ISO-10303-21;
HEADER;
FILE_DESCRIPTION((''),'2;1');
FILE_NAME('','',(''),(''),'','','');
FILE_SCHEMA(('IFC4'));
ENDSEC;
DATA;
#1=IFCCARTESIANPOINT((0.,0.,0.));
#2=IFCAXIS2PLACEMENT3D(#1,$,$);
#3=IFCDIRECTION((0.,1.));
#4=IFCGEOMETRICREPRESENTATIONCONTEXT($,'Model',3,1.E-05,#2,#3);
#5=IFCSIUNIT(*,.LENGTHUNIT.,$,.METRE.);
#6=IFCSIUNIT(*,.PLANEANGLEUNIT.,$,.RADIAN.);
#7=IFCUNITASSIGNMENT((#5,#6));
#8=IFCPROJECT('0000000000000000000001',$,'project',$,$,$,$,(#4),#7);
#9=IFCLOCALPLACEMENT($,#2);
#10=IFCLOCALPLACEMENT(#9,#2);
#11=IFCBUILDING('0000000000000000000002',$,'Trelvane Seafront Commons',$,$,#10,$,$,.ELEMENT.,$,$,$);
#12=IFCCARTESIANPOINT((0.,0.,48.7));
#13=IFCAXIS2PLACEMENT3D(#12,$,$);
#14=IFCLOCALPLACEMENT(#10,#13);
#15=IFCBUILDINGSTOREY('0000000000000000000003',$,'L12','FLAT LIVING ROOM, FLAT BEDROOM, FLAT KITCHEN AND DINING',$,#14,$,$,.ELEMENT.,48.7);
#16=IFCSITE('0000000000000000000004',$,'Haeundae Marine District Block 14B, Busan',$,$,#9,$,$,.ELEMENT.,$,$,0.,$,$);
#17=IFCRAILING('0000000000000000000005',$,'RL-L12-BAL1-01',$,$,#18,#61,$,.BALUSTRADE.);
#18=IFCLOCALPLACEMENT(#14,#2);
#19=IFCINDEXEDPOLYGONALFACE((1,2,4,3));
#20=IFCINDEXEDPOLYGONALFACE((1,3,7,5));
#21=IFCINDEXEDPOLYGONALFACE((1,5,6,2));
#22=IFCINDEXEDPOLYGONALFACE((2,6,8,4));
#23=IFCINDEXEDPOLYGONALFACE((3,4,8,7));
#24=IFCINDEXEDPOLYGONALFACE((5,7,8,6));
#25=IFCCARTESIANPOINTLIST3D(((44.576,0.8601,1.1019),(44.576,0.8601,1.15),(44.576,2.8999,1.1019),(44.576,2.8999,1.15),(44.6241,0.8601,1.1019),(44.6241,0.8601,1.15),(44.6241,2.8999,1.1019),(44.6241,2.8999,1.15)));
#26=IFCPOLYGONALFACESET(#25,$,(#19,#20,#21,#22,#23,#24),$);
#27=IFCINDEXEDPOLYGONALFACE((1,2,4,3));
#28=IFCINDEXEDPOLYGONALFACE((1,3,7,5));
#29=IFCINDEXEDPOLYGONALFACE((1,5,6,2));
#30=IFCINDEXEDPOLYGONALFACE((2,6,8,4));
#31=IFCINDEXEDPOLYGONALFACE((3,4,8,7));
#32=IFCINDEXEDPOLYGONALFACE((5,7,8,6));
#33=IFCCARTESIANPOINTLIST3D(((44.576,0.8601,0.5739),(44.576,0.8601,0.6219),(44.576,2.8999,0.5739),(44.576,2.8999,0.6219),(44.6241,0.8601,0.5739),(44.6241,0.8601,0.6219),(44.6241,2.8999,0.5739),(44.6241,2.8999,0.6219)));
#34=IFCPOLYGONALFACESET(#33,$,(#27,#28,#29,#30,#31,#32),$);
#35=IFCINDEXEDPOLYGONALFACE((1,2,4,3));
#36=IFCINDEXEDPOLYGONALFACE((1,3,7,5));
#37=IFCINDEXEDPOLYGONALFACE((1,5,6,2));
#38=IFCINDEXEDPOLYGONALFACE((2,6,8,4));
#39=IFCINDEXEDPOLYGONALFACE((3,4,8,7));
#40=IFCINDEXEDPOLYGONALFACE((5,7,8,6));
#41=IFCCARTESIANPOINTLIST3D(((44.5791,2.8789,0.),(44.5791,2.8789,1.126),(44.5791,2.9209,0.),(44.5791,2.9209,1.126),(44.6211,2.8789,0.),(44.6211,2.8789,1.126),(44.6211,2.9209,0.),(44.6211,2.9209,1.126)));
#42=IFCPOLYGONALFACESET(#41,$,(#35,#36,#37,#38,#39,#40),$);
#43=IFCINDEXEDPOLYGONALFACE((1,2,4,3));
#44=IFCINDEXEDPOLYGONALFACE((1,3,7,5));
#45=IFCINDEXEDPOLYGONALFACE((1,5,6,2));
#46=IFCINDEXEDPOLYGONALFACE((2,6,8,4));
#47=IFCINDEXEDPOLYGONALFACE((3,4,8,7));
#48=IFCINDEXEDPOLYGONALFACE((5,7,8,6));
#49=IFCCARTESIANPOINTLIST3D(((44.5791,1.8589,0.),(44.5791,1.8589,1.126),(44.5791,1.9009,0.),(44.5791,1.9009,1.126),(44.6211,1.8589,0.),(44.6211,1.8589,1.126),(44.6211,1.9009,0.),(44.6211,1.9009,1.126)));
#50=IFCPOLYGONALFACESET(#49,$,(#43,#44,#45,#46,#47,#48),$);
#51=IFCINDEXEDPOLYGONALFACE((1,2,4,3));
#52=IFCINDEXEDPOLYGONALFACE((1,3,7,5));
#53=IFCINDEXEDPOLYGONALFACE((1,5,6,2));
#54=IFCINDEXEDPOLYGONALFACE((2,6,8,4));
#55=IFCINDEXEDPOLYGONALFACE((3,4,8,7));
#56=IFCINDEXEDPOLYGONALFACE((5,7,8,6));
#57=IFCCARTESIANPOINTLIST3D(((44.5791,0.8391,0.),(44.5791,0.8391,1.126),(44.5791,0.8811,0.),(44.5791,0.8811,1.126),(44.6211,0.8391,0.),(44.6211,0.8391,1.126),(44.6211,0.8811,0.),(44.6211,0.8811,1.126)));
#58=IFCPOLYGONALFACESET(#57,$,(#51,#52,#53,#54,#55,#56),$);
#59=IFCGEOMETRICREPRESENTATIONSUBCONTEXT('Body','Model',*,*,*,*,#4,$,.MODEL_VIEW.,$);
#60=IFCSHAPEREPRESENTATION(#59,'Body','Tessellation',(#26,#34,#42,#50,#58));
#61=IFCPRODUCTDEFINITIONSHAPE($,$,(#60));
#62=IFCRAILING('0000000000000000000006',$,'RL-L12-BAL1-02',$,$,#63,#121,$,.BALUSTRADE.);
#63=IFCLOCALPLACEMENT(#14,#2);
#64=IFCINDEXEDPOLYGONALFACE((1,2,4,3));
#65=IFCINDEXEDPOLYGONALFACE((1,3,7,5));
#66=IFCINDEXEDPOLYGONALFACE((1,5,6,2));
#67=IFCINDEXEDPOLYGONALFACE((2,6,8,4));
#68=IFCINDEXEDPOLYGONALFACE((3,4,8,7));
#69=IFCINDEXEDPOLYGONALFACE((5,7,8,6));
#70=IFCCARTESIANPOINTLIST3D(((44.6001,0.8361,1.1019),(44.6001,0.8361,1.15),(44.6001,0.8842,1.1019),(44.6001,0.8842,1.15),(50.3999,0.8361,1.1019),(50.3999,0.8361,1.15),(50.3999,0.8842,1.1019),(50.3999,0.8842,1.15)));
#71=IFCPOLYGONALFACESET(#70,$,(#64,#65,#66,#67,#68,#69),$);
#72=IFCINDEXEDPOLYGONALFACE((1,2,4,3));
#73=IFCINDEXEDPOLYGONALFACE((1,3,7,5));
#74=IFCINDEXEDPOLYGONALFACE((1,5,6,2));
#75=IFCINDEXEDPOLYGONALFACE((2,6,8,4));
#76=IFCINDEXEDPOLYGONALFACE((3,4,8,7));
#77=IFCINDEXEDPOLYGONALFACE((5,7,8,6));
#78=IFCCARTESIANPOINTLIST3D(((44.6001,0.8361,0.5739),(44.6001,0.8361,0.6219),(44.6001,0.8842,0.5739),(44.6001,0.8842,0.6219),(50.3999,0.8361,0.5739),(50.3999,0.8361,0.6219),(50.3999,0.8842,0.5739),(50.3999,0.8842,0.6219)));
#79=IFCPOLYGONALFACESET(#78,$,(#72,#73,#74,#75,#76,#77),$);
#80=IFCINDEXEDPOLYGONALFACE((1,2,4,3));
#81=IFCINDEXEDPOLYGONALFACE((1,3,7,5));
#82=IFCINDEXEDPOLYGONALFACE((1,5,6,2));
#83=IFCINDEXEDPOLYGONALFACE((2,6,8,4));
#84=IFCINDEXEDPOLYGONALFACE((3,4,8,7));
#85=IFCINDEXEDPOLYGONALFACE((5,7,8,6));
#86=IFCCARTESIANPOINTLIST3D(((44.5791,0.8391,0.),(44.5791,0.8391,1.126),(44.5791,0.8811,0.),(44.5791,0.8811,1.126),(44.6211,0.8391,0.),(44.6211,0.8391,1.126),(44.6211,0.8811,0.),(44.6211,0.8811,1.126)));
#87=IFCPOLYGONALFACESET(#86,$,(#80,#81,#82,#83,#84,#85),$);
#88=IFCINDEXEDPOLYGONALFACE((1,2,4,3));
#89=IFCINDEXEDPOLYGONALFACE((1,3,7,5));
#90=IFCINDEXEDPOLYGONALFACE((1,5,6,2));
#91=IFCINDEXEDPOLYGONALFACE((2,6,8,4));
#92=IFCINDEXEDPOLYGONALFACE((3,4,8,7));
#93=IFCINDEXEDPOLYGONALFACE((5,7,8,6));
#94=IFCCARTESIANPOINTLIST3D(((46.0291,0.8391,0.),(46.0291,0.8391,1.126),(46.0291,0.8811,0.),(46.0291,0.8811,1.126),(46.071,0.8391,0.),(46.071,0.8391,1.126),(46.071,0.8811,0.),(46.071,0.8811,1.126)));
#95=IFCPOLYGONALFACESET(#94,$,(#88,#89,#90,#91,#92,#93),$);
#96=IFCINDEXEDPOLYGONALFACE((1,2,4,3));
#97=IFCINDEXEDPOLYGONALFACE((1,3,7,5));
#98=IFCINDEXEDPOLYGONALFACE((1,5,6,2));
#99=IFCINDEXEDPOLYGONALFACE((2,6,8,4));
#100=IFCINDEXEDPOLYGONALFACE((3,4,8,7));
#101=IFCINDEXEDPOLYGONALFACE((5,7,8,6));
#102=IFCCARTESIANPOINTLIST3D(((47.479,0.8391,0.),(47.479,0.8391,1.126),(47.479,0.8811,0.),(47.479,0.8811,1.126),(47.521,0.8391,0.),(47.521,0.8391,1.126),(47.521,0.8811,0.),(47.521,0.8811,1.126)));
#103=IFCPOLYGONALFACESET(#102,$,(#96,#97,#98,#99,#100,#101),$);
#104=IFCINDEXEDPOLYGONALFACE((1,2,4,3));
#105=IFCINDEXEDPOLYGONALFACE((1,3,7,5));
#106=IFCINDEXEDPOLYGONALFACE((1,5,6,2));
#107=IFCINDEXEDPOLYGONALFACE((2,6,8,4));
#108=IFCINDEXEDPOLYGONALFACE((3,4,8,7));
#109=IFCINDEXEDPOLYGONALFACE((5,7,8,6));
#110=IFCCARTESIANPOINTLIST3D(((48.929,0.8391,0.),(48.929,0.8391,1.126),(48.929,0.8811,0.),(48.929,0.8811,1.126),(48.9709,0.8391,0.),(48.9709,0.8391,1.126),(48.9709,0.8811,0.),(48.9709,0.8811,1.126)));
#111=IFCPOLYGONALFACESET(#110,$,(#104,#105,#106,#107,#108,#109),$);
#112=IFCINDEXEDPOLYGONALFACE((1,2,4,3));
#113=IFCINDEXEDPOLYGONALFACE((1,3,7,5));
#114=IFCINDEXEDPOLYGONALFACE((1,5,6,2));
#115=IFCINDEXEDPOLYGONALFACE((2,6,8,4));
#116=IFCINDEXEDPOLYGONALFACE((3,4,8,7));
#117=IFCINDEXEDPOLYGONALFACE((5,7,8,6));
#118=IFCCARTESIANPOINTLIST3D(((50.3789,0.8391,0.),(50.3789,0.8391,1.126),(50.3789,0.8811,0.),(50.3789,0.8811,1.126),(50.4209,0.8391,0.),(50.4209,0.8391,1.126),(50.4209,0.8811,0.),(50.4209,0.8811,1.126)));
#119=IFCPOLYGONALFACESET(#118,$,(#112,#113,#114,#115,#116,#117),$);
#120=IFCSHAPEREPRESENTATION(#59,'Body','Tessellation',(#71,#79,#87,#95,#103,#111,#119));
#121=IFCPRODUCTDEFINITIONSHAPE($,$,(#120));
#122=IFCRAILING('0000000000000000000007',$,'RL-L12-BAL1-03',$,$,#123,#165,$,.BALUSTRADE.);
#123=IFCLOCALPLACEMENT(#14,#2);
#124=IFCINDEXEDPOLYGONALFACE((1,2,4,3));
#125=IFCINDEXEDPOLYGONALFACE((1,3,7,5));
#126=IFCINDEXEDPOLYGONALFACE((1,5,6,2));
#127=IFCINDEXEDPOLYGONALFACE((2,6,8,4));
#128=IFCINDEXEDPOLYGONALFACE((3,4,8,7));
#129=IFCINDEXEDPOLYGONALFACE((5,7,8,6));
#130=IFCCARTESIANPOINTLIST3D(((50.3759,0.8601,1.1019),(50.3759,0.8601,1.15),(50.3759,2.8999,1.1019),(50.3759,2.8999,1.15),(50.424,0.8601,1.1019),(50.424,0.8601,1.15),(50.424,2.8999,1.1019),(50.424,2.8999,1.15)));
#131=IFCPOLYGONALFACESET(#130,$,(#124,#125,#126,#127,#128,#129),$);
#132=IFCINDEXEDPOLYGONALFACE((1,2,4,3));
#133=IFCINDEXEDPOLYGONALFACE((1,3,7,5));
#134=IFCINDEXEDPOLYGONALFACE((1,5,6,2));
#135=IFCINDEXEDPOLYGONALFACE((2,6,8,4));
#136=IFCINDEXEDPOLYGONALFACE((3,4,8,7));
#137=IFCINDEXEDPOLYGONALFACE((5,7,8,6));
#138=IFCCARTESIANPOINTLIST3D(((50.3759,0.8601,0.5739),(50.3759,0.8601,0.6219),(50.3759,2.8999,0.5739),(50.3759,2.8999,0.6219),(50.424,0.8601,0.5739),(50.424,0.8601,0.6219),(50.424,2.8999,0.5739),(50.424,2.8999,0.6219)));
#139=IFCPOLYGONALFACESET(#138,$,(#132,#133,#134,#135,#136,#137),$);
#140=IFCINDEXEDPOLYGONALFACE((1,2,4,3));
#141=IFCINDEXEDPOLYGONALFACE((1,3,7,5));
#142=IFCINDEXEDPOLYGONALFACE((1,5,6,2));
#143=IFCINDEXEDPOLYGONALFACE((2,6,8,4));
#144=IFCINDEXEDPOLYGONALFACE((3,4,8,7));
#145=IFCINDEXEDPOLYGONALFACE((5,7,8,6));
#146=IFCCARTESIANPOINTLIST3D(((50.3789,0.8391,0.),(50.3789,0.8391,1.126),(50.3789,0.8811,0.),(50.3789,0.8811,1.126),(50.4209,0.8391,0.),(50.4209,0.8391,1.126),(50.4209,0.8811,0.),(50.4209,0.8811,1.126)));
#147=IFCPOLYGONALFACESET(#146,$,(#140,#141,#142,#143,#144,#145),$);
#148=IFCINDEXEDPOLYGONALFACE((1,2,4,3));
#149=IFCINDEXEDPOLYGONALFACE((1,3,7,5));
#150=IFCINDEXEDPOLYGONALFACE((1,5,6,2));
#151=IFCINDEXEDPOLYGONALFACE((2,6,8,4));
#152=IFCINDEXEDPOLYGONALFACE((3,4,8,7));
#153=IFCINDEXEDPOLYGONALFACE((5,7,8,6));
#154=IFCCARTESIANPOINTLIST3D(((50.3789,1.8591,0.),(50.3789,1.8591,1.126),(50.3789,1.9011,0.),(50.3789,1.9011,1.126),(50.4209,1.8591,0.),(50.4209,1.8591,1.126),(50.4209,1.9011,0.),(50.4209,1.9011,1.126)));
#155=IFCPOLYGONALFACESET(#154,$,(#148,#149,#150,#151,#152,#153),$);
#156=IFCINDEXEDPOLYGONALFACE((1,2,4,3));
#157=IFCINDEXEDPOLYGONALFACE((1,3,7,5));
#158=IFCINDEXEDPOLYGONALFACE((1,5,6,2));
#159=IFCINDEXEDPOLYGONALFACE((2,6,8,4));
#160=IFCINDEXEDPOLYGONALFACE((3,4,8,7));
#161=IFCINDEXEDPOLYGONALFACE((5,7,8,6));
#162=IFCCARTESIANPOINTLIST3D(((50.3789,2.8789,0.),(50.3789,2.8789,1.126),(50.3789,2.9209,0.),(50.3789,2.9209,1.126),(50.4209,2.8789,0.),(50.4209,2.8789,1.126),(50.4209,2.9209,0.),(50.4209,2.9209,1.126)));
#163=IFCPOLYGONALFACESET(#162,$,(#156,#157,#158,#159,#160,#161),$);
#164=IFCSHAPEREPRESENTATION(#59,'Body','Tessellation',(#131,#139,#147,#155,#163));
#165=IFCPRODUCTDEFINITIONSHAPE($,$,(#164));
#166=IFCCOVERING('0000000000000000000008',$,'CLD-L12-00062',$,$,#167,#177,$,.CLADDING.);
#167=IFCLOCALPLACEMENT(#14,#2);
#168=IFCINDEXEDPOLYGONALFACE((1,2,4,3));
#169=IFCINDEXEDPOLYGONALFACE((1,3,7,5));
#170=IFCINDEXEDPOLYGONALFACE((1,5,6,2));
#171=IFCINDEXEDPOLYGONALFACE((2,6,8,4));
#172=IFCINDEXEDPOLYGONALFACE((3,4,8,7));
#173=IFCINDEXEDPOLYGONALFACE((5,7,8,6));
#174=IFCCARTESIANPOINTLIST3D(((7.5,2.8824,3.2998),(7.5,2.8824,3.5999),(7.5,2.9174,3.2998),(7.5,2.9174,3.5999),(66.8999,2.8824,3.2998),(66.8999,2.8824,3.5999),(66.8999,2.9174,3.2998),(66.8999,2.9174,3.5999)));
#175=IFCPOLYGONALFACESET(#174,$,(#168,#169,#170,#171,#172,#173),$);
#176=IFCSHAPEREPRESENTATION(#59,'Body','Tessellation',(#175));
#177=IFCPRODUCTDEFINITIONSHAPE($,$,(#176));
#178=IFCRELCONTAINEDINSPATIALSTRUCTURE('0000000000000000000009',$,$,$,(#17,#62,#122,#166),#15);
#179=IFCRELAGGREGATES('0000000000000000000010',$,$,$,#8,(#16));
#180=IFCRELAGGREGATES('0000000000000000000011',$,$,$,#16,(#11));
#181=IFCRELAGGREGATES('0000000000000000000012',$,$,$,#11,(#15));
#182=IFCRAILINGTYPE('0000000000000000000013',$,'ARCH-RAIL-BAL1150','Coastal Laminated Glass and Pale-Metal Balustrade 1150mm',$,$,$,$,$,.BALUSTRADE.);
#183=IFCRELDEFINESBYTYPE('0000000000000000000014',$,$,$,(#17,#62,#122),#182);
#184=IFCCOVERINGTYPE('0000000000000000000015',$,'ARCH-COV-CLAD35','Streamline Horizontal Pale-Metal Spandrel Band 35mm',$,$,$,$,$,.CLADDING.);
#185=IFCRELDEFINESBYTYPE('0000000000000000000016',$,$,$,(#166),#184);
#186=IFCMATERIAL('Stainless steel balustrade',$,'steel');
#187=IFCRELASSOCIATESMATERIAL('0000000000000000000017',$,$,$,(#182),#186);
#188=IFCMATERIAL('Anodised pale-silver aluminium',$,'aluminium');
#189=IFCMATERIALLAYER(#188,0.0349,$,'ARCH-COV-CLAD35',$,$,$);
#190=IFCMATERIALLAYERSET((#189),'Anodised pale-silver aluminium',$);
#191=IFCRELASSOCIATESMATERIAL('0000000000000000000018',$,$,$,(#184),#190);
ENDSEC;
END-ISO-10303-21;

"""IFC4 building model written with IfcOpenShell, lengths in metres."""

from ifc_helpers import new_model, si_unit, direction, frame, origin, origin_2d, place, context, subcontext, project, spatial, rectangle, extrude, source, transform, mapped, material, layer, layer_set, type_object, element, save


model = new_model("IFC4")

# Units and contexts
model_context = context("Model", 3, precision=1e-05, world=origin(), true_north=direction((0.0, 1.0)))
body_context = subcontext(model_context, "Body", "Model", "MODEL_VIEW")
ifc_project = project(units=[si_unit("LENGTHUNIT", "METRE"), si_unit("PLANEANGLEUNIT", "RADIAN")], contexts=[model_context])

# Site, building, storey
site_placement = place(None, origin())
site = spatial("IfcSite", under=ifc_project, at=site_placement, Name="Haeundae Marine District Block 14B, Busan", CompositionType="ELEMENT", RefElevation=0.0)
building_placement = place(site_placement, origin())
building = spatial("IfcBuilding", under=site, at=building_placement, Name="Trelvane Seafront Commons", CompositionType="ELEMENT")
storey_placement = place(building_placement, frame((0.0, 0.0, 48.7)))
storey = spatial("IfcBuildingStorey", under=building, at=storey_placement, Name="L12", Description="FLAT LIVING ROOM, FLAT BEDROOM, FLAT KITCHEN AND DINING", CompositionType="ELEMENT", Elevation=48.7)

# Shared definitions
ifc_material_1 = material(Name="Anodised pale-silver aluminium", Category="aluminium")

# Railings
ifc_material_2 = material(Name="Stainless steel balustrade", Category="steel")
railing_type = type_object("IfcRailingType", Name="ARCH-RAIL-BAL1150", Description="Coastal Laminated Glass and Pale-Metal Balustrade 1150mm", PredefinedType="BALUSTRADE", material=ifc_material_2)
railing_1_placement = place(storey_placement, frame((44.6001, 2.8999, 0.0)))
element("IfcRailing", 1, at=railing_1_placement, inside=storey, type_object=railing_type, Name="RL-L12-BAL1-01", PredefinedType="BALUSTRADE", context=body_context, shape_type="SweptSolid", body=[
    extrude(rectangle(XDim=0.0481, YDim=0.0481, at=origin_2d()), frame((0.0, 0.0, 1.126), z_axis=(0.0, -1.0, 0.0), x_axis=(1.0, 0.0, 0.0)), (0.0, 0.0, 1.0), 2.0398),
    extrude(rectangle(XDim=0.0481, YDim=0.0481, at=origin_2d()), frame((0.0, 0.0, 0.5979), z_axis=(0.0, -1.0, 0.0), x_axis=(1.0, 0.0, 0.0)), (0.0, 0.0, 1.0), 2.0398),
    extrude(rectangle(XDim=0.042, YDim=0.042, at=origin_2d()), origin(), (0.0, 0.0, 1.0), 1.126),
    extrude(rectangle(XDim=0.042, YDim=0.042, at=origin_2d()), frame((0.0, -1.02, 0.0)), (0.0, 0.0, 1.0), 1.126),
    extrude(rectangle(XDim=0.042, YDim=0.042, at=origin_2d()), frame((0.0, -2.0398, 0.0)), (0.0, 0.0, 1.0), 1.126),
])
railing_2_placement = place(storey_placement, frame((44.6001, 0.8601, 0.0)))
element("IfcRailing", 2, at=railing_2_placement, inside=storey, type_object=railing_type, Name="RL-L12-BAL1-02", PredefinedType="BALUSTRADE", context=body_context, shape_type="SweptSolid", body=[
    extrude(rectangle(XDim=0.0481, YDim=0.0481, at=origin_2d()), frame((0.0, 0.0, 1.126), z_axis=(1.0, 0.0, 0.0), x_axis=(0.0, 1.0, 0.0)), (0.0, 0.0, 1.0), 5.7998),
    extrude(rectangle(XDim=0.0481, YDim=0.0481, at=origin_2d()), frame((0.0, 0.0, 0.5979), z_axis=(1.0, 0.0, 0.0), x_axis=(0.0, 1.0, 0.0)), (0.0, 0.0, 1.0), 5.7998),
    extrude(rectangle(XDim=0.042, YDim=0.042, at=origin_2d()), origin(), (0.0, 0.0, 1.0), 1.126),
    extrude(rectangle(XDim=0.042, YDim=0.042, at=origin_2d()), frame((1.45, 0.0, 0.0)), (0.0, 0.0, 1.0), 1.126),
    extrude(rectangle(XDim=0.042, YDim=0.042, at=origin_2d()), frame((2.8999, 0.0, 0.0)), (0.0, 0.0, 1.0), 1.126),
    extrude(rectangle(XDim=0.042, YDim=0.042, at=origin_2d()), frame((4.3499, 0.0, 0.0)), (0.0, 0.0, 1.0), 1.126),
    extrude(rectangle(XDim=0.042, YDim=0.042, at=origin_2d()), frame((5.7998, 0.0, 0.0)), (0.0, 0.0, 1.0), 1.126),
])
railing_3_placement = place(storey_placement, frame((50.3999, 0.8601, 0.0)))
element("IfcRailing", 3, at=railing_3_placement, inside=storey, type_object=railing_type, Name="RL-L12-BAL1-03", PredefinedType="BALUSTRADE", context=body_context, shape_type="SweptSolid", body=[
    extrude(rectangle(XDim=0.0481, YDim=0.0481, at=origin_2d()), frame((0.0, 0.0, 1.126), z_axis=(0.0, 1.0, 0.0), x_axis=(-1.0, 0.0, 0.0)), (0.0, 0.0, 1.0), 2.0398),
    extrude(rectangle(XDim=0.0481, YDim=0.0481, at=origin_2d()), frame((0.0, 0.0, 0.5979), z_axis=(0.0, 1.0, 0.0), x_axis=(-1.0, 0.0, 0.0)), (0.0, 0.0, 1.0), 2.0398),
    extrude(rectangle(XDim=0.042, YDim=0.042, at=origin_2d()), origin(), (0.0, 0.0, 1.0), 1.126),
    extrude(rectangle(XDim=0.042, YDim=0.042, at=origin_2d()), frame((0.0, 1.02, 0.0)), (0.0, 0.0, 1.0), 1.126),
    extrude(rectangle(XDim=0.042, YDim=0.042, at=origin_2d()), frame((0.0, 2.0398, 0.0)), (0.0, 0.0, 1.0), 1.126),
])

# Covering
ifc_layer_1 = layer(ifc_material_1, 0.0349, Name="ARCH-COV-CLAD35")
ifc_layer_set_1 = layer_set([ifc_layer_1], Name="Anodised pale-silver aluminium")
covering_type = type_object("IfcCoveringType", Name="ARCH-COV-CLAD35", Description="Streamline Horizontal Pale-Metal Spandrel Band 35mm", PredefinedType="CLADDING", material=ifc_layer_set_1)
shared_shape_1 = source(origin(), body_context, "Body", "SweptSolid", [
    extrude(rectangle(XDim=59.3999, YDim=0.0349, at=origin_2d()), origin(), (0.0, 0.0, 1.0), 0.3),
])
covering_placement = place(storey_placement, frame((37.2, 2.8999, 3.2998), z_axis=(0.0, 0.0, 1.0), x_axis=(-1.0, 0.0, 0.0)))
element("IfcCovering", 4, at=covering_placement, inside=storey, type_object=covering_type, Name="CLD-L12-00062", PredefinedType="CLADDING", context=body_context, shape_type="MappedRepresentation", body=[
    mapped(shared_shape_1, transform((0.0, 0.0, 0.0), x_axis=(1.0, 0.0, 0.0), y_axis=(0.0, 1.0, 0.0), z_axis=(0.0, 0.0, 1.0), scale=1.0)),
])

save(model, "model.ifc")
